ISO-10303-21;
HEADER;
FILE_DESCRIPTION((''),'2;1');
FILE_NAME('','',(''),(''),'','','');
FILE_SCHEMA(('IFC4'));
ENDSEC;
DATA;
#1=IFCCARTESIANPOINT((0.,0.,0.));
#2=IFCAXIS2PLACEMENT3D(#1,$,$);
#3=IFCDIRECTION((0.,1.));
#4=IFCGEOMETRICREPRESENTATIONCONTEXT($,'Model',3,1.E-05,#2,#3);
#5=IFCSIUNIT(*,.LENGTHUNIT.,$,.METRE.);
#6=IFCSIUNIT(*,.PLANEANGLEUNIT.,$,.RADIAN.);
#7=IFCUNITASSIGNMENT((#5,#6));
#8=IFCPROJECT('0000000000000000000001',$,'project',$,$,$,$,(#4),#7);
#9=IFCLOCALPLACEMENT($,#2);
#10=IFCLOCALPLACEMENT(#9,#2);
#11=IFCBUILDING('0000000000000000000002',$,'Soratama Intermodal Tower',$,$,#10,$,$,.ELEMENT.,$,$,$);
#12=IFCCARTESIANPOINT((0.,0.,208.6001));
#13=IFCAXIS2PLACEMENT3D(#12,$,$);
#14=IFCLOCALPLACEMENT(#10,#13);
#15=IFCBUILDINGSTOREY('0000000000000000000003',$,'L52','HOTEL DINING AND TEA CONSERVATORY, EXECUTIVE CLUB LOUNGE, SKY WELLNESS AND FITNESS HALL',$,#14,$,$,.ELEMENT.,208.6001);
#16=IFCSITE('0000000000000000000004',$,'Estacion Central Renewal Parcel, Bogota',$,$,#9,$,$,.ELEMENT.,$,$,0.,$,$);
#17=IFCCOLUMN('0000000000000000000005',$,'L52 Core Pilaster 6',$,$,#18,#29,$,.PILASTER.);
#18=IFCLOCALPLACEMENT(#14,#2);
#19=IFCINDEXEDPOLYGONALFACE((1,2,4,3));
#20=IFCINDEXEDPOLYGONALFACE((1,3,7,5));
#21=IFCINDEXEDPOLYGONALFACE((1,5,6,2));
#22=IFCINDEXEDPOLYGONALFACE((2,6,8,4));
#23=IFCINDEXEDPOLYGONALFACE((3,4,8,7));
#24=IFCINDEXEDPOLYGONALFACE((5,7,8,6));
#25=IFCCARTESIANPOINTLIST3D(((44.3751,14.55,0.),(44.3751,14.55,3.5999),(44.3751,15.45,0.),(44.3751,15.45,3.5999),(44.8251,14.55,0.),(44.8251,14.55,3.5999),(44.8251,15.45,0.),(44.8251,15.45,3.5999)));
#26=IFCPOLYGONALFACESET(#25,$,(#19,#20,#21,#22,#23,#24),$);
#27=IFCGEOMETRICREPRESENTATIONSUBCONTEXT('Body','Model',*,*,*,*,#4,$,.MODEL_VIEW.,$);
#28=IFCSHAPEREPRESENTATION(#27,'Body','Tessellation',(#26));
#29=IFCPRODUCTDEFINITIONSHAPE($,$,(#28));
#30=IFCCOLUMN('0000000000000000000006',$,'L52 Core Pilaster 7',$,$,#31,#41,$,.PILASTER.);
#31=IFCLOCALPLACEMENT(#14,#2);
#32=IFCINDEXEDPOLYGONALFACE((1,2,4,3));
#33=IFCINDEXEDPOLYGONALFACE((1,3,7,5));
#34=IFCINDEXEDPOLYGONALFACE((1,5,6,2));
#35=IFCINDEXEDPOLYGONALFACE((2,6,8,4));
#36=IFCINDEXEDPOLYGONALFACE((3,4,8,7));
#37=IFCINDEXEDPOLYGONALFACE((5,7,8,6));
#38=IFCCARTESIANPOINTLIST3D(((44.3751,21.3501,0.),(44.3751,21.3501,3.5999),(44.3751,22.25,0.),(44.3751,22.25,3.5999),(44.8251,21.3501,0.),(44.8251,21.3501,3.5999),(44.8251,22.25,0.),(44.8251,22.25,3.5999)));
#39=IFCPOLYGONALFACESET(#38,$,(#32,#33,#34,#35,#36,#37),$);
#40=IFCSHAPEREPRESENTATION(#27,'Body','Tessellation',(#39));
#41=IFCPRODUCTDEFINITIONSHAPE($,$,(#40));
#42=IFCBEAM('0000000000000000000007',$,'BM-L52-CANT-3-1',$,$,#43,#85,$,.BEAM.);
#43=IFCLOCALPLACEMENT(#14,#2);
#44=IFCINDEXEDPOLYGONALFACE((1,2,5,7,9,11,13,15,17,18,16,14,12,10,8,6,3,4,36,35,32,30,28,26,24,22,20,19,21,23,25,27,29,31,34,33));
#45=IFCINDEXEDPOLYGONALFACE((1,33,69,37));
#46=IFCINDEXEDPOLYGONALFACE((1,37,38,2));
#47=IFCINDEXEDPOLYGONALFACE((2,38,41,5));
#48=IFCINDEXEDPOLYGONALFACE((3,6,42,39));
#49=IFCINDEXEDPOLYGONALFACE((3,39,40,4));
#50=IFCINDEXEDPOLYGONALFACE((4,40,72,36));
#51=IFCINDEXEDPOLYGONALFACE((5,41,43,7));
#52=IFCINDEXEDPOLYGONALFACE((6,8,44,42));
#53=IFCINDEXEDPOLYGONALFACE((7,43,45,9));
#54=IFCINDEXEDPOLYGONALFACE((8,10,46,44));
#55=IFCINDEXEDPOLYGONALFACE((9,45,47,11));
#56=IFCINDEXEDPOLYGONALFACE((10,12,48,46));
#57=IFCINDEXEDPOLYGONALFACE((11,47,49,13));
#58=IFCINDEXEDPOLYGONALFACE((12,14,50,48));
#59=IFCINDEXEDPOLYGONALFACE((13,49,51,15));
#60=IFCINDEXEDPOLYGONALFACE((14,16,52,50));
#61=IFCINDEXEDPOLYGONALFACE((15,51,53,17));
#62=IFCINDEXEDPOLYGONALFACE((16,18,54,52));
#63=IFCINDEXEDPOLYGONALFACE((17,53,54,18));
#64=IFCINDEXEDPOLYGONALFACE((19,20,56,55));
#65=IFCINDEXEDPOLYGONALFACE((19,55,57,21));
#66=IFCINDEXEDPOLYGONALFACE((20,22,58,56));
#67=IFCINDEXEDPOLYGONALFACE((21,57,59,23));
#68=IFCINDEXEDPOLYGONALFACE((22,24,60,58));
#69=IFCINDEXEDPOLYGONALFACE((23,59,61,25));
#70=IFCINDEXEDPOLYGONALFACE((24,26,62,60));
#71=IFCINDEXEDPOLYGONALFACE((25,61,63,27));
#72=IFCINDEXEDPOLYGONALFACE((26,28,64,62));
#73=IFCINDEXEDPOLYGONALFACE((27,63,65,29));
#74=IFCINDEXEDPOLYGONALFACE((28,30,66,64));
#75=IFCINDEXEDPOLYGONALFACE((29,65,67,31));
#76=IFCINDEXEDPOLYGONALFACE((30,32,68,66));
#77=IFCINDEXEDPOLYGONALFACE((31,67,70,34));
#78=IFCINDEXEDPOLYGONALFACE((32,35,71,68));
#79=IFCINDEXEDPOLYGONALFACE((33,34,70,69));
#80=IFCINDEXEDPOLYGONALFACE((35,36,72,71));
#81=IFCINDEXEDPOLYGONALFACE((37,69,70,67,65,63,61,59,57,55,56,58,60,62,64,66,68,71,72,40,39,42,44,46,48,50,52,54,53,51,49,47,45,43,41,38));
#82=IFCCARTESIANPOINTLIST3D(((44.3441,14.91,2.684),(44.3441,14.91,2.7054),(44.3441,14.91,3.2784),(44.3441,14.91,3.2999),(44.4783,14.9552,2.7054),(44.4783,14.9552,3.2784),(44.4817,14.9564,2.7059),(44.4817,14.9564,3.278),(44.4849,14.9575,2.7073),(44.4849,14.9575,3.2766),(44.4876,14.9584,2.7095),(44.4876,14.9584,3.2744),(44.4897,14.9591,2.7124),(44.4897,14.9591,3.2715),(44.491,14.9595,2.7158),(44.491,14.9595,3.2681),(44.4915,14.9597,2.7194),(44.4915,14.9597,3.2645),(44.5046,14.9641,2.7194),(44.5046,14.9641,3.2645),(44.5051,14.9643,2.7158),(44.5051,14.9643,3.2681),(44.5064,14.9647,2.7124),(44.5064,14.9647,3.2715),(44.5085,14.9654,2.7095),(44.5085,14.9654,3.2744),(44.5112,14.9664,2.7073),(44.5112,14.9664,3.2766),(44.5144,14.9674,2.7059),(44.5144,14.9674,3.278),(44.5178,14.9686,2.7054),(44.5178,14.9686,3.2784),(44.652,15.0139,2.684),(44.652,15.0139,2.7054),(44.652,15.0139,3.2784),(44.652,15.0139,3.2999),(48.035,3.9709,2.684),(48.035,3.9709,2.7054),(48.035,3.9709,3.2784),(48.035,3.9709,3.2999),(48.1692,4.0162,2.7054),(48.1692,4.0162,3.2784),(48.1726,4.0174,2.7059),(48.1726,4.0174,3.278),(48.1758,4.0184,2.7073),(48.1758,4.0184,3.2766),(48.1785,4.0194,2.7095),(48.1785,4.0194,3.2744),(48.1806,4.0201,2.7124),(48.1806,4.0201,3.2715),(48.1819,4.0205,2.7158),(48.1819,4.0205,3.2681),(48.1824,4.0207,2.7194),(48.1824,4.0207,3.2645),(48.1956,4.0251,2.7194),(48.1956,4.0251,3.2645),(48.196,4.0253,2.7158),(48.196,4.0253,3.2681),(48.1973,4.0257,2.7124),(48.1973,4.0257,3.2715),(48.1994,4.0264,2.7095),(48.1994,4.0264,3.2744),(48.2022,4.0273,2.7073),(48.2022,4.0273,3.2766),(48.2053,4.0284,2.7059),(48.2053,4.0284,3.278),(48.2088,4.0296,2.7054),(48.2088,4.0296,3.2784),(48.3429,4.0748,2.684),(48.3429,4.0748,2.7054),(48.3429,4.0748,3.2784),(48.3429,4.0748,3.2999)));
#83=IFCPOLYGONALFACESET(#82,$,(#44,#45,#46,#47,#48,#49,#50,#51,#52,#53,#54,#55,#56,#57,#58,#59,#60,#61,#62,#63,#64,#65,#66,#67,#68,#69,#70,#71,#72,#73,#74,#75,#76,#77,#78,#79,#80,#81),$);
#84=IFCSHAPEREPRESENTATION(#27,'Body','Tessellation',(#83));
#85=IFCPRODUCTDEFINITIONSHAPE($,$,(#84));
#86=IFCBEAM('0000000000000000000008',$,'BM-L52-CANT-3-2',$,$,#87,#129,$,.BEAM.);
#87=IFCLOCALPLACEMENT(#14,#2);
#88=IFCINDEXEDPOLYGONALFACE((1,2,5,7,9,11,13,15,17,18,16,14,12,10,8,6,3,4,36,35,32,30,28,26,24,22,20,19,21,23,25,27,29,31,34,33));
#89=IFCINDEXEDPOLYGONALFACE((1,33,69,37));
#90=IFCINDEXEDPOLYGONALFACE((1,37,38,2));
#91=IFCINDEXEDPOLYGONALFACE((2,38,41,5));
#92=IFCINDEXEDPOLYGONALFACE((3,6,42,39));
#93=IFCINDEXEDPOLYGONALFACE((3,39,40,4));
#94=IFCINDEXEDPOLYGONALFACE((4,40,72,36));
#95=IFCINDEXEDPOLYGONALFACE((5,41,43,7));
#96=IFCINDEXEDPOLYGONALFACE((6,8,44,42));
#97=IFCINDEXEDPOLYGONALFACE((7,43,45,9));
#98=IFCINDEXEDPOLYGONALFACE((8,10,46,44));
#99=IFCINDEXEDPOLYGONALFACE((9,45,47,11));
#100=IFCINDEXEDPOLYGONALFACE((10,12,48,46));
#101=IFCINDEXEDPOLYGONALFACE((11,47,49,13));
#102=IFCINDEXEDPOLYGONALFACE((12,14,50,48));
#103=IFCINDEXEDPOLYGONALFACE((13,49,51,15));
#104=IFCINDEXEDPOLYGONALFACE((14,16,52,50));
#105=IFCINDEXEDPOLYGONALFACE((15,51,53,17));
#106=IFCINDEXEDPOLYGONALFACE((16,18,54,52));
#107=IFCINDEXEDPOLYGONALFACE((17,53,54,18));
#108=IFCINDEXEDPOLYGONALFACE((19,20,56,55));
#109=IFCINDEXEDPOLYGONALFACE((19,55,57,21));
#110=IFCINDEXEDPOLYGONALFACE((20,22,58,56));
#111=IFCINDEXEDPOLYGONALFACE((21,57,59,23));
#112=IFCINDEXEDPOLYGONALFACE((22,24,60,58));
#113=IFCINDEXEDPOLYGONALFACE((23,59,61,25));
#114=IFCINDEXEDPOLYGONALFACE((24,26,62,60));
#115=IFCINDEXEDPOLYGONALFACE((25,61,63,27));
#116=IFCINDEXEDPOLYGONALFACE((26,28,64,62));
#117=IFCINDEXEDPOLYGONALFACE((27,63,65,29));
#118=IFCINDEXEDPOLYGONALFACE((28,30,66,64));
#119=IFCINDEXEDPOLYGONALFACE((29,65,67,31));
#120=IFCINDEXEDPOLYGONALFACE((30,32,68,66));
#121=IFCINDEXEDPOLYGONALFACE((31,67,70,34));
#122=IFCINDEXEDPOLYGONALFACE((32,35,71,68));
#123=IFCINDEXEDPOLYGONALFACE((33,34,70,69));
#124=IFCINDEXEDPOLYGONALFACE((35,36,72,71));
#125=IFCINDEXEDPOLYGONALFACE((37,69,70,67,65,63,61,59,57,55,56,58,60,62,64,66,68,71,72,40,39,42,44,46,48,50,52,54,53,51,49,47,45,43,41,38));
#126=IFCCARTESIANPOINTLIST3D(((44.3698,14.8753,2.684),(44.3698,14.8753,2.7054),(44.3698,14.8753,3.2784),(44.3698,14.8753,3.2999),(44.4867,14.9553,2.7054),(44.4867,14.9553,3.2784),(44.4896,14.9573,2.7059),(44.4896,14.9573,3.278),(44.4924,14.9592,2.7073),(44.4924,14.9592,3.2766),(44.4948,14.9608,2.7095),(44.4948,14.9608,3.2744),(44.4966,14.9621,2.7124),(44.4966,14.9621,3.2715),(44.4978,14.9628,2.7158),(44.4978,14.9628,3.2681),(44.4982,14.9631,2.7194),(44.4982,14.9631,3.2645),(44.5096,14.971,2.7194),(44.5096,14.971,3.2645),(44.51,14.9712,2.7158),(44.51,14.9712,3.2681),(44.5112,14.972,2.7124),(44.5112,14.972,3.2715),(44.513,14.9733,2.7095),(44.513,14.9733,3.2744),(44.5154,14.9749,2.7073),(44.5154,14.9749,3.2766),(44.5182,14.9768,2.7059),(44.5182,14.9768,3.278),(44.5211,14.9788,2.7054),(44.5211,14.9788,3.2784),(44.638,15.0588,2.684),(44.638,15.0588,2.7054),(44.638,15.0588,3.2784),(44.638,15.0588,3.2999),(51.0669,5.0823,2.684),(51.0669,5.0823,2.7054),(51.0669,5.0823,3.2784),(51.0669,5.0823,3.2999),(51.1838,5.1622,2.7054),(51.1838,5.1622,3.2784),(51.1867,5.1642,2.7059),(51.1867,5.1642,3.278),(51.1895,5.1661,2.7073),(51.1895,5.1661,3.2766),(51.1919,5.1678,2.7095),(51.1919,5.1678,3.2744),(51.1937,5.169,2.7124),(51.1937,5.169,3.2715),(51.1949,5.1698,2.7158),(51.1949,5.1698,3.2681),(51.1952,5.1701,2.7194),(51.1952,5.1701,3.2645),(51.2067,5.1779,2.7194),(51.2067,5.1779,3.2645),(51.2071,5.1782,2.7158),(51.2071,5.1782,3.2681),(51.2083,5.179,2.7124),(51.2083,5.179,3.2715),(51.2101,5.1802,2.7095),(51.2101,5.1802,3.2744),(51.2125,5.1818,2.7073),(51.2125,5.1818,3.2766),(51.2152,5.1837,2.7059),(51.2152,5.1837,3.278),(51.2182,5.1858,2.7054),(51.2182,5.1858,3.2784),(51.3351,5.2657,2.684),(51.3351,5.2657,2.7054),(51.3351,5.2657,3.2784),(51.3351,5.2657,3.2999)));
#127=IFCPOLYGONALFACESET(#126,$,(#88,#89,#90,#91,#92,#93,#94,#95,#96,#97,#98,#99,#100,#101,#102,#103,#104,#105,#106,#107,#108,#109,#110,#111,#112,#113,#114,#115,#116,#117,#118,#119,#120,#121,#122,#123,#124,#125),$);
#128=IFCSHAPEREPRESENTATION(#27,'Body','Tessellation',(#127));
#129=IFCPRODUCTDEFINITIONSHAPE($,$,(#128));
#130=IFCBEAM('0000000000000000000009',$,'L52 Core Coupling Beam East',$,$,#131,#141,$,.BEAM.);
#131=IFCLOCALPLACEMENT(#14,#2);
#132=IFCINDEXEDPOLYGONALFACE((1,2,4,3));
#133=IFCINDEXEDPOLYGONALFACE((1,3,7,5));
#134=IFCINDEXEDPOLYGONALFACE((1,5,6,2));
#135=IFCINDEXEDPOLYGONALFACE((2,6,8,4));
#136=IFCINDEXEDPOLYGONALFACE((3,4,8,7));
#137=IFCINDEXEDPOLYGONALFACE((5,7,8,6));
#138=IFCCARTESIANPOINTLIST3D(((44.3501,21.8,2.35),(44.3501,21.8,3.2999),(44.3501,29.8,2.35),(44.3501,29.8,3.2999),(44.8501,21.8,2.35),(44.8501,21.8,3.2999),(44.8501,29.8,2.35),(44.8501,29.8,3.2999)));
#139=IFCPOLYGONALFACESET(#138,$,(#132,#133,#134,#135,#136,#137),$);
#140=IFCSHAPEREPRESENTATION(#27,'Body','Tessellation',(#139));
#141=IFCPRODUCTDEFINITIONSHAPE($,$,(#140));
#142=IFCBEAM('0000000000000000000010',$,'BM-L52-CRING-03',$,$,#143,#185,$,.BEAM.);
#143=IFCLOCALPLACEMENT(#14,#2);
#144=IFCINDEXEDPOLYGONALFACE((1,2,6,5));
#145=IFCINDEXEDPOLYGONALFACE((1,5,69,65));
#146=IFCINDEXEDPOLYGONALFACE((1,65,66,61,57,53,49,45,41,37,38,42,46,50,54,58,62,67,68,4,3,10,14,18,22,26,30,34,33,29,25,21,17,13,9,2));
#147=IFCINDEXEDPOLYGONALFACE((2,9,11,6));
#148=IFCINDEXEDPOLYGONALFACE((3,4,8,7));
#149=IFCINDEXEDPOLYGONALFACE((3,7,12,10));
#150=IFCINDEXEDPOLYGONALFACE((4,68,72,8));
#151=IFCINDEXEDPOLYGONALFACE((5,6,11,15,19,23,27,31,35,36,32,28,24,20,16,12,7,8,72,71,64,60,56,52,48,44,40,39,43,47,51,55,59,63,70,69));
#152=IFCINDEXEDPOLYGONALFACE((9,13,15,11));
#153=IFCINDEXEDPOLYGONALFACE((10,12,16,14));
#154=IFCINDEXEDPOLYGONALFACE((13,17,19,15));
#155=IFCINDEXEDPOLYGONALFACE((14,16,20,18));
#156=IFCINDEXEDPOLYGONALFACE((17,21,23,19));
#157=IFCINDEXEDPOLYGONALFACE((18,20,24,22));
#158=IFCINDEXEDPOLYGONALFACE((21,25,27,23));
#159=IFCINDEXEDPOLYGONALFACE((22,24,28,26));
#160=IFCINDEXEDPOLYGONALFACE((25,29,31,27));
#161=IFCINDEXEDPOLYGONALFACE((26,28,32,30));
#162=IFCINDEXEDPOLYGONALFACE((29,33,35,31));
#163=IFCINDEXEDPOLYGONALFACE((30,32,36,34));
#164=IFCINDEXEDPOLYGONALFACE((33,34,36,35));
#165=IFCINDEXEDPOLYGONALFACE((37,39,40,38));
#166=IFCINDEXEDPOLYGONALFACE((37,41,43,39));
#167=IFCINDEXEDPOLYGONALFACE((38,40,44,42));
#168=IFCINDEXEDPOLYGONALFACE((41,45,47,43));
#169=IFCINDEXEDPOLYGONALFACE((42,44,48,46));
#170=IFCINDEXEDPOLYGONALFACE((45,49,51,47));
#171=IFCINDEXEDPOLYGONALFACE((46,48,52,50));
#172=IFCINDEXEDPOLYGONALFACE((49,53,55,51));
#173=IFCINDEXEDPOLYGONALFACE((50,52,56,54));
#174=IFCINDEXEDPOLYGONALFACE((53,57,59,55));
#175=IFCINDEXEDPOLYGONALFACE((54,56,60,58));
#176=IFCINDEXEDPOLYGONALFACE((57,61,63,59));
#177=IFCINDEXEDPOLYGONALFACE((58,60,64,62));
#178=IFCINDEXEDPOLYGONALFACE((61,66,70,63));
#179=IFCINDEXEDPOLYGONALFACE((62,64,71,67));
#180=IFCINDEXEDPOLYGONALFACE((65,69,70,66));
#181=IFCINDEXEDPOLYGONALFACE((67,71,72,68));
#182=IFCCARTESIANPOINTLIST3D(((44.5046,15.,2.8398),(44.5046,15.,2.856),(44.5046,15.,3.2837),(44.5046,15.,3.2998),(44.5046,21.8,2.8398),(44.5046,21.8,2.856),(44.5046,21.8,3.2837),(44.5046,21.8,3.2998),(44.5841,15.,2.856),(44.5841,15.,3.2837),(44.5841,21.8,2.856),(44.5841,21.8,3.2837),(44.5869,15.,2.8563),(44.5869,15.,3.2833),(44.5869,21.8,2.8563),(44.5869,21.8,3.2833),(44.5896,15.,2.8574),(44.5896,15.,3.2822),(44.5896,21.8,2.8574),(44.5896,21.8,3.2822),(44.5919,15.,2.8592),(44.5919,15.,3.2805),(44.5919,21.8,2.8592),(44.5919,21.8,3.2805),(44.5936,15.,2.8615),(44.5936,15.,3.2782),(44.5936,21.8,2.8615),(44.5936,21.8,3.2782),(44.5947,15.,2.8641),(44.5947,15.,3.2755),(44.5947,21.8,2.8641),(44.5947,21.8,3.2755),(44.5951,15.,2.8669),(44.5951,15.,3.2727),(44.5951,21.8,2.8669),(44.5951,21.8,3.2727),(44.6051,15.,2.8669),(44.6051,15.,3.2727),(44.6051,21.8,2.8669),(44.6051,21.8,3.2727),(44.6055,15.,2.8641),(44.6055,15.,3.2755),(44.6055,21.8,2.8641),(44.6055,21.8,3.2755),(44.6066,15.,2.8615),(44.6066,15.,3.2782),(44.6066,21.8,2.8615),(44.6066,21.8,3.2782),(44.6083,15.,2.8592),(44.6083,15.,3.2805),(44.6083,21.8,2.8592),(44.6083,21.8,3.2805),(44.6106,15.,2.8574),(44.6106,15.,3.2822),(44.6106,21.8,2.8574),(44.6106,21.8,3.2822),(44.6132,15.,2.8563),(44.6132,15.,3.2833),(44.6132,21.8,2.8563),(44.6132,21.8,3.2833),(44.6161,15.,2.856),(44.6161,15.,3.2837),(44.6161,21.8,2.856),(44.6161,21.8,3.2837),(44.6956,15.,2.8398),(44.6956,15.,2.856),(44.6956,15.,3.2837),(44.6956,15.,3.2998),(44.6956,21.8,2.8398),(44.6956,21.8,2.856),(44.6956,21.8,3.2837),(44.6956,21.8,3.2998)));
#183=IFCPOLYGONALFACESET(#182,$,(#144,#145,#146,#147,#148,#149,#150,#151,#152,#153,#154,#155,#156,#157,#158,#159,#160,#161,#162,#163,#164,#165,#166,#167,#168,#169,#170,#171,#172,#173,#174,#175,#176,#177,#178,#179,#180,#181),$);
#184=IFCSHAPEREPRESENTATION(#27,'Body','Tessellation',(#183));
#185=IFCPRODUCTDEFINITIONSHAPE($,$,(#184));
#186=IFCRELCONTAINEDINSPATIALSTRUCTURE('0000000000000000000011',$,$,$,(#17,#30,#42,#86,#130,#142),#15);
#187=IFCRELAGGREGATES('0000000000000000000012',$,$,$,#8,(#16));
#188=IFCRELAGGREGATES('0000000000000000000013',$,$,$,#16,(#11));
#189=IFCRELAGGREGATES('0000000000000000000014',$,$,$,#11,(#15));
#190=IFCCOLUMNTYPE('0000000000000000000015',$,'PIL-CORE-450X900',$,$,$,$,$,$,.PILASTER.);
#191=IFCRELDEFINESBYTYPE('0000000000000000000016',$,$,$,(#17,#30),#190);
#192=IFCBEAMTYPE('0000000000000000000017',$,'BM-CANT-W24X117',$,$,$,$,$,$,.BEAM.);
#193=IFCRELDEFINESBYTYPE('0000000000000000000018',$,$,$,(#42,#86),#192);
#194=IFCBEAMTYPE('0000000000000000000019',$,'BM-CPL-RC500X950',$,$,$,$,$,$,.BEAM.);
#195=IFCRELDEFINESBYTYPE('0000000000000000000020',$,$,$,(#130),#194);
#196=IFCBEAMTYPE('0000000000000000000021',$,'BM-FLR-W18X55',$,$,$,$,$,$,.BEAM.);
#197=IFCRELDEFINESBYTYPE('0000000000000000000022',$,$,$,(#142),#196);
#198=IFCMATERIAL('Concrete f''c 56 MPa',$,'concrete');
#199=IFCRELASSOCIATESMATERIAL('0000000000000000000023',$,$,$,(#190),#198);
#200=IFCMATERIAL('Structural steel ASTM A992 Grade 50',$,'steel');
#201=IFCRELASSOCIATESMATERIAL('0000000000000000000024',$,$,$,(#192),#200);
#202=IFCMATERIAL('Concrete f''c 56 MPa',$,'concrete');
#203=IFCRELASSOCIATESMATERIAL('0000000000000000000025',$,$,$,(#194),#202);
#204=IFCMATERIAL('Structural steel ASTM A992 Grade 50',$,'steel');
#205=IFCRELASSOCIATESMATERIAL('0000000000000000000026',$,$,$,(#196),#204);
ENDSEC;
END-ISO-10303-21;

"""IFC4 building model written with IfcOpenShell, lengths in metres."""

from ifc_helpers import new_model, si_unit, direction, frame, origin, origin_2d, place, context, subcontext, project, spatial, rectangle, i_section, extrude, material, material_profile, profile_set, type_object, element, save


model = new_model("IFC4")

# Units and contexts
model_context = context("Model", 3, precision=1e-05, world=origin(), true_north=direction((0.0, 1.0)))
body_context = subcontext(model_context, "Body", "Model", "MODEL_VIEW")
ifc_project = project(units=[si_unit("LENGTHUNIT", "METRE"), si_unit("PLANEANGLEUNIT", "RADIAN")], contexts=[model_context])

# Site, building, storey
site_placement = place(None, origin())
site = spatial("IfcSite", under=ifc_project, at=site_placement, Name="Estacion Central Renewal Parcel, Bogota", CompositionType="ELEMENT", RefElevation=0.0)
building_placement = place(site_placement, origin())
building = spatial("IfcBuilding", under=site, at=building_placement, Name="Soratama Intermodal Tower", CompositionType="ELEMENT")
storey_placement = place(building_placement, frame((0.0, 0.0, 208.6001)))
storey = spatial("IfcBuildingStorey", under=building, at=storey_placement, Name="L52", Description="HOTEL DINING AND TEA CONSERVATORY, EXECUTIVE CLUB LOUNGE, SKY WELLNESS AND FITNESS HALL", CompositionType="ELEMENT", Elevation=208.6001)

# Columns
ifc_material_1 = material(Name="Concrete f'c 56 MPa", Category="concrete")
ifc_material_profile_1 = material_profile(ifc_material_1, rectangle(XDim=0.45, YDim=0.8999, at=origin_2d()), Name="RC450X900")
ifc_profile_set_1 = profile_set([ifc_material_profile_1], Name="Concrete f'c 56 MPa")
column_type = type_object("IfcColumnType", Name="PIL-CORE-450X900", PredefinedType="PILASTER", material=ifc_profile_set_1)
for number, where, z_axis, x_axis, name in (
    (1, (44.6001, 15.0, 0.0), (0.0, 0.0, 1.0), (1.0, 0.0, 0.0), "L52 Core Pilaster 6"),
    (2, (44.6001, 21.8, 0.0), (0.0, 0.0, 1.0), (1.0, 0.0, 0.0), "L52 Core Pilaster 7"),
):
    element("IfcColumn", number, at=place(storey_placement, frame(where, z_axis=z_axis, x_axis=x_axis)), inside=storey, type_object=column_type, Name=name, PredefinedType="PILASTER", context=body_context, shape_type="SweptSolid", body=[
        extrude(rectangle(XDim=0.45, YDim=0.8999, at=origin_2d()), origin(), (0.0, 0.0, 1.0), 3.5999),
    ])

# Beams
ifc_material_2 = material(Name="Structural steel ASTM A992 Grade 50", Category="steel")
ifc_material_profile_2 = material_profile(ifc_material_2, i_section(OverallWidth=0.325, OverallDepth=0.616, WebThickness=0.0139, FlangeThickness=0.0215, FilletRadius=0.0139, at=origin_2d()), Name="W24X117")
ifc_profile_set_2 = profile_set([ifc_material_profile_2], Name="Structural steel ASTM A992 Grade 50")
beam_type_1 = type_object("IfcBeamType", Name="BM-CANT-W24X117", PredefinedType="BEAM", material=ifc_profile_set_2)
beam_1_placement = place(storey_placement, frame((44.498, 14.9619, 2.9919), z_axis=(0.319702, -0.947518, 0.0), x_axis=(0.947518, 0.319702, 0.0)))
element("IfcBeam", 3, at=beam_1_placement, inside=storey, type_object=beam_type_1, Name="BM-L52-CANT-3-1", PredefinedType="BEAM", context=body_context, shape_type="SweptSolid", body=[
    extrude(i_section(OverallWidth=0.325, OverallDepth=0.616, WebThickness=0.0139, FlangeThickness=0.0215, FilletRadius=0.0139, at=origin_2d()), origin(), (0.0, 0.0, 1.0), 11.5449),
])
beam_2_placement = place(storey_placement, frame((44.5039, 14.967, 2.9919), z_axis=(0.564487, -0.825442, 0.0), x_axis=(0.825442, 0.564487, 0.0)))
element("IfcBeam", 4, at=beam_2_placement, inside=storey, type_object=beam_type_1, Name="BM-L52-CANT-3-2", PredefinedType="BEAM", context=body_context, shape_type="SweptSolid", body=[
    extrude(i_section(OverallWidth=0.325, OverallDepth=0.616, WebThickness=0.0139, FlangeThickness=0.0215, FilletRadius=0.0139, at=origin_2d()), origin(), (0.0, 0.0, 1.0), 11.864),
])
ifc_material_3 = material(Name="Concrete f'c 56 MPa", Category="concrete")
ifc_material_profile_3 = material_profile(ifc_material_3, rectangle(XDim=0.5, YDim=0.95, at=origin_2d()), Name="RC500X950")
ifc_profile_set_3 = profile_set([ifc_material_profile_3], Name="Concrete f'c 56 MPa")
beam_type_2 = type_object("IfcBeamType", Name="BM-CPL-RC500X950", PredefinedType="BEAM", material=ifc_profile_set_3)
beam_3_placement = place(storey_placement, frame((44.6001, 21.8, 2.825), z_axis=(0.0, 1.0, 0.0), x_axis=(-1.0, 0.0, 0.0)))
element("IfcBeam", 5, at=beam_3_placement, inside=storey, type_object=beam_type_2, Name="L52 Core Coupling Beam East", PredefinedType="BEAM", context=body_context, shape_type="SweptSolid", body=[
    extrude(rectangle(XDim=0.5, YDim=0.95, at=origin_2d()), origin(), (0.0, 0.0, 1.0), 8.0),
])
ifc_material_4 = material(Name="Structural steel ASTM A992 Grade 50", Category="steel")
ifc_material_profile_4 = material_profile(ifc_material_4, i_section(OverallWidth=0.1909, OverallDepth=0.46, WebThickness=0.01, FlangeThickness=0.0161, FilletRadius=0.011, at=origin_2d()), Name="W18X55")
ifc_profile_set_4 = profile_set([ifc_material_profile_4], Name="Structural steel ASTM A992 Grade 50")
beam_type_3 = type_object("IfcBeamType", Name="BM-FLR-W18X55", PredefinedType="BEAM", material=ifc_profile_set_4)
beam_4_placement = place(storey_placement, frame((44.6001, 15.0, 3.0698), z_axis=(0.0, 1.0, 0.0), x_axis=(-1.0, 0.0, 0.0)))
element("IfcBeam", 6, at=beam_4_placement, inside=storey, type_object=beam_type_3, Name="BM-L52-CRING-03", PredefinedType="BEAM", context=body_context, shape_type="SweptSolid", body=[
    extrude(i_section(OverallWidth=0.1909, OverallDepth=0.46, WebThickness=0.01, FlangeThickness=0.0161, FilletRadius=0.011, at=origin_2d()), origin(), (0.0, 0.0, 1.0), 6.8),
])

save(model, "model.ifc")
